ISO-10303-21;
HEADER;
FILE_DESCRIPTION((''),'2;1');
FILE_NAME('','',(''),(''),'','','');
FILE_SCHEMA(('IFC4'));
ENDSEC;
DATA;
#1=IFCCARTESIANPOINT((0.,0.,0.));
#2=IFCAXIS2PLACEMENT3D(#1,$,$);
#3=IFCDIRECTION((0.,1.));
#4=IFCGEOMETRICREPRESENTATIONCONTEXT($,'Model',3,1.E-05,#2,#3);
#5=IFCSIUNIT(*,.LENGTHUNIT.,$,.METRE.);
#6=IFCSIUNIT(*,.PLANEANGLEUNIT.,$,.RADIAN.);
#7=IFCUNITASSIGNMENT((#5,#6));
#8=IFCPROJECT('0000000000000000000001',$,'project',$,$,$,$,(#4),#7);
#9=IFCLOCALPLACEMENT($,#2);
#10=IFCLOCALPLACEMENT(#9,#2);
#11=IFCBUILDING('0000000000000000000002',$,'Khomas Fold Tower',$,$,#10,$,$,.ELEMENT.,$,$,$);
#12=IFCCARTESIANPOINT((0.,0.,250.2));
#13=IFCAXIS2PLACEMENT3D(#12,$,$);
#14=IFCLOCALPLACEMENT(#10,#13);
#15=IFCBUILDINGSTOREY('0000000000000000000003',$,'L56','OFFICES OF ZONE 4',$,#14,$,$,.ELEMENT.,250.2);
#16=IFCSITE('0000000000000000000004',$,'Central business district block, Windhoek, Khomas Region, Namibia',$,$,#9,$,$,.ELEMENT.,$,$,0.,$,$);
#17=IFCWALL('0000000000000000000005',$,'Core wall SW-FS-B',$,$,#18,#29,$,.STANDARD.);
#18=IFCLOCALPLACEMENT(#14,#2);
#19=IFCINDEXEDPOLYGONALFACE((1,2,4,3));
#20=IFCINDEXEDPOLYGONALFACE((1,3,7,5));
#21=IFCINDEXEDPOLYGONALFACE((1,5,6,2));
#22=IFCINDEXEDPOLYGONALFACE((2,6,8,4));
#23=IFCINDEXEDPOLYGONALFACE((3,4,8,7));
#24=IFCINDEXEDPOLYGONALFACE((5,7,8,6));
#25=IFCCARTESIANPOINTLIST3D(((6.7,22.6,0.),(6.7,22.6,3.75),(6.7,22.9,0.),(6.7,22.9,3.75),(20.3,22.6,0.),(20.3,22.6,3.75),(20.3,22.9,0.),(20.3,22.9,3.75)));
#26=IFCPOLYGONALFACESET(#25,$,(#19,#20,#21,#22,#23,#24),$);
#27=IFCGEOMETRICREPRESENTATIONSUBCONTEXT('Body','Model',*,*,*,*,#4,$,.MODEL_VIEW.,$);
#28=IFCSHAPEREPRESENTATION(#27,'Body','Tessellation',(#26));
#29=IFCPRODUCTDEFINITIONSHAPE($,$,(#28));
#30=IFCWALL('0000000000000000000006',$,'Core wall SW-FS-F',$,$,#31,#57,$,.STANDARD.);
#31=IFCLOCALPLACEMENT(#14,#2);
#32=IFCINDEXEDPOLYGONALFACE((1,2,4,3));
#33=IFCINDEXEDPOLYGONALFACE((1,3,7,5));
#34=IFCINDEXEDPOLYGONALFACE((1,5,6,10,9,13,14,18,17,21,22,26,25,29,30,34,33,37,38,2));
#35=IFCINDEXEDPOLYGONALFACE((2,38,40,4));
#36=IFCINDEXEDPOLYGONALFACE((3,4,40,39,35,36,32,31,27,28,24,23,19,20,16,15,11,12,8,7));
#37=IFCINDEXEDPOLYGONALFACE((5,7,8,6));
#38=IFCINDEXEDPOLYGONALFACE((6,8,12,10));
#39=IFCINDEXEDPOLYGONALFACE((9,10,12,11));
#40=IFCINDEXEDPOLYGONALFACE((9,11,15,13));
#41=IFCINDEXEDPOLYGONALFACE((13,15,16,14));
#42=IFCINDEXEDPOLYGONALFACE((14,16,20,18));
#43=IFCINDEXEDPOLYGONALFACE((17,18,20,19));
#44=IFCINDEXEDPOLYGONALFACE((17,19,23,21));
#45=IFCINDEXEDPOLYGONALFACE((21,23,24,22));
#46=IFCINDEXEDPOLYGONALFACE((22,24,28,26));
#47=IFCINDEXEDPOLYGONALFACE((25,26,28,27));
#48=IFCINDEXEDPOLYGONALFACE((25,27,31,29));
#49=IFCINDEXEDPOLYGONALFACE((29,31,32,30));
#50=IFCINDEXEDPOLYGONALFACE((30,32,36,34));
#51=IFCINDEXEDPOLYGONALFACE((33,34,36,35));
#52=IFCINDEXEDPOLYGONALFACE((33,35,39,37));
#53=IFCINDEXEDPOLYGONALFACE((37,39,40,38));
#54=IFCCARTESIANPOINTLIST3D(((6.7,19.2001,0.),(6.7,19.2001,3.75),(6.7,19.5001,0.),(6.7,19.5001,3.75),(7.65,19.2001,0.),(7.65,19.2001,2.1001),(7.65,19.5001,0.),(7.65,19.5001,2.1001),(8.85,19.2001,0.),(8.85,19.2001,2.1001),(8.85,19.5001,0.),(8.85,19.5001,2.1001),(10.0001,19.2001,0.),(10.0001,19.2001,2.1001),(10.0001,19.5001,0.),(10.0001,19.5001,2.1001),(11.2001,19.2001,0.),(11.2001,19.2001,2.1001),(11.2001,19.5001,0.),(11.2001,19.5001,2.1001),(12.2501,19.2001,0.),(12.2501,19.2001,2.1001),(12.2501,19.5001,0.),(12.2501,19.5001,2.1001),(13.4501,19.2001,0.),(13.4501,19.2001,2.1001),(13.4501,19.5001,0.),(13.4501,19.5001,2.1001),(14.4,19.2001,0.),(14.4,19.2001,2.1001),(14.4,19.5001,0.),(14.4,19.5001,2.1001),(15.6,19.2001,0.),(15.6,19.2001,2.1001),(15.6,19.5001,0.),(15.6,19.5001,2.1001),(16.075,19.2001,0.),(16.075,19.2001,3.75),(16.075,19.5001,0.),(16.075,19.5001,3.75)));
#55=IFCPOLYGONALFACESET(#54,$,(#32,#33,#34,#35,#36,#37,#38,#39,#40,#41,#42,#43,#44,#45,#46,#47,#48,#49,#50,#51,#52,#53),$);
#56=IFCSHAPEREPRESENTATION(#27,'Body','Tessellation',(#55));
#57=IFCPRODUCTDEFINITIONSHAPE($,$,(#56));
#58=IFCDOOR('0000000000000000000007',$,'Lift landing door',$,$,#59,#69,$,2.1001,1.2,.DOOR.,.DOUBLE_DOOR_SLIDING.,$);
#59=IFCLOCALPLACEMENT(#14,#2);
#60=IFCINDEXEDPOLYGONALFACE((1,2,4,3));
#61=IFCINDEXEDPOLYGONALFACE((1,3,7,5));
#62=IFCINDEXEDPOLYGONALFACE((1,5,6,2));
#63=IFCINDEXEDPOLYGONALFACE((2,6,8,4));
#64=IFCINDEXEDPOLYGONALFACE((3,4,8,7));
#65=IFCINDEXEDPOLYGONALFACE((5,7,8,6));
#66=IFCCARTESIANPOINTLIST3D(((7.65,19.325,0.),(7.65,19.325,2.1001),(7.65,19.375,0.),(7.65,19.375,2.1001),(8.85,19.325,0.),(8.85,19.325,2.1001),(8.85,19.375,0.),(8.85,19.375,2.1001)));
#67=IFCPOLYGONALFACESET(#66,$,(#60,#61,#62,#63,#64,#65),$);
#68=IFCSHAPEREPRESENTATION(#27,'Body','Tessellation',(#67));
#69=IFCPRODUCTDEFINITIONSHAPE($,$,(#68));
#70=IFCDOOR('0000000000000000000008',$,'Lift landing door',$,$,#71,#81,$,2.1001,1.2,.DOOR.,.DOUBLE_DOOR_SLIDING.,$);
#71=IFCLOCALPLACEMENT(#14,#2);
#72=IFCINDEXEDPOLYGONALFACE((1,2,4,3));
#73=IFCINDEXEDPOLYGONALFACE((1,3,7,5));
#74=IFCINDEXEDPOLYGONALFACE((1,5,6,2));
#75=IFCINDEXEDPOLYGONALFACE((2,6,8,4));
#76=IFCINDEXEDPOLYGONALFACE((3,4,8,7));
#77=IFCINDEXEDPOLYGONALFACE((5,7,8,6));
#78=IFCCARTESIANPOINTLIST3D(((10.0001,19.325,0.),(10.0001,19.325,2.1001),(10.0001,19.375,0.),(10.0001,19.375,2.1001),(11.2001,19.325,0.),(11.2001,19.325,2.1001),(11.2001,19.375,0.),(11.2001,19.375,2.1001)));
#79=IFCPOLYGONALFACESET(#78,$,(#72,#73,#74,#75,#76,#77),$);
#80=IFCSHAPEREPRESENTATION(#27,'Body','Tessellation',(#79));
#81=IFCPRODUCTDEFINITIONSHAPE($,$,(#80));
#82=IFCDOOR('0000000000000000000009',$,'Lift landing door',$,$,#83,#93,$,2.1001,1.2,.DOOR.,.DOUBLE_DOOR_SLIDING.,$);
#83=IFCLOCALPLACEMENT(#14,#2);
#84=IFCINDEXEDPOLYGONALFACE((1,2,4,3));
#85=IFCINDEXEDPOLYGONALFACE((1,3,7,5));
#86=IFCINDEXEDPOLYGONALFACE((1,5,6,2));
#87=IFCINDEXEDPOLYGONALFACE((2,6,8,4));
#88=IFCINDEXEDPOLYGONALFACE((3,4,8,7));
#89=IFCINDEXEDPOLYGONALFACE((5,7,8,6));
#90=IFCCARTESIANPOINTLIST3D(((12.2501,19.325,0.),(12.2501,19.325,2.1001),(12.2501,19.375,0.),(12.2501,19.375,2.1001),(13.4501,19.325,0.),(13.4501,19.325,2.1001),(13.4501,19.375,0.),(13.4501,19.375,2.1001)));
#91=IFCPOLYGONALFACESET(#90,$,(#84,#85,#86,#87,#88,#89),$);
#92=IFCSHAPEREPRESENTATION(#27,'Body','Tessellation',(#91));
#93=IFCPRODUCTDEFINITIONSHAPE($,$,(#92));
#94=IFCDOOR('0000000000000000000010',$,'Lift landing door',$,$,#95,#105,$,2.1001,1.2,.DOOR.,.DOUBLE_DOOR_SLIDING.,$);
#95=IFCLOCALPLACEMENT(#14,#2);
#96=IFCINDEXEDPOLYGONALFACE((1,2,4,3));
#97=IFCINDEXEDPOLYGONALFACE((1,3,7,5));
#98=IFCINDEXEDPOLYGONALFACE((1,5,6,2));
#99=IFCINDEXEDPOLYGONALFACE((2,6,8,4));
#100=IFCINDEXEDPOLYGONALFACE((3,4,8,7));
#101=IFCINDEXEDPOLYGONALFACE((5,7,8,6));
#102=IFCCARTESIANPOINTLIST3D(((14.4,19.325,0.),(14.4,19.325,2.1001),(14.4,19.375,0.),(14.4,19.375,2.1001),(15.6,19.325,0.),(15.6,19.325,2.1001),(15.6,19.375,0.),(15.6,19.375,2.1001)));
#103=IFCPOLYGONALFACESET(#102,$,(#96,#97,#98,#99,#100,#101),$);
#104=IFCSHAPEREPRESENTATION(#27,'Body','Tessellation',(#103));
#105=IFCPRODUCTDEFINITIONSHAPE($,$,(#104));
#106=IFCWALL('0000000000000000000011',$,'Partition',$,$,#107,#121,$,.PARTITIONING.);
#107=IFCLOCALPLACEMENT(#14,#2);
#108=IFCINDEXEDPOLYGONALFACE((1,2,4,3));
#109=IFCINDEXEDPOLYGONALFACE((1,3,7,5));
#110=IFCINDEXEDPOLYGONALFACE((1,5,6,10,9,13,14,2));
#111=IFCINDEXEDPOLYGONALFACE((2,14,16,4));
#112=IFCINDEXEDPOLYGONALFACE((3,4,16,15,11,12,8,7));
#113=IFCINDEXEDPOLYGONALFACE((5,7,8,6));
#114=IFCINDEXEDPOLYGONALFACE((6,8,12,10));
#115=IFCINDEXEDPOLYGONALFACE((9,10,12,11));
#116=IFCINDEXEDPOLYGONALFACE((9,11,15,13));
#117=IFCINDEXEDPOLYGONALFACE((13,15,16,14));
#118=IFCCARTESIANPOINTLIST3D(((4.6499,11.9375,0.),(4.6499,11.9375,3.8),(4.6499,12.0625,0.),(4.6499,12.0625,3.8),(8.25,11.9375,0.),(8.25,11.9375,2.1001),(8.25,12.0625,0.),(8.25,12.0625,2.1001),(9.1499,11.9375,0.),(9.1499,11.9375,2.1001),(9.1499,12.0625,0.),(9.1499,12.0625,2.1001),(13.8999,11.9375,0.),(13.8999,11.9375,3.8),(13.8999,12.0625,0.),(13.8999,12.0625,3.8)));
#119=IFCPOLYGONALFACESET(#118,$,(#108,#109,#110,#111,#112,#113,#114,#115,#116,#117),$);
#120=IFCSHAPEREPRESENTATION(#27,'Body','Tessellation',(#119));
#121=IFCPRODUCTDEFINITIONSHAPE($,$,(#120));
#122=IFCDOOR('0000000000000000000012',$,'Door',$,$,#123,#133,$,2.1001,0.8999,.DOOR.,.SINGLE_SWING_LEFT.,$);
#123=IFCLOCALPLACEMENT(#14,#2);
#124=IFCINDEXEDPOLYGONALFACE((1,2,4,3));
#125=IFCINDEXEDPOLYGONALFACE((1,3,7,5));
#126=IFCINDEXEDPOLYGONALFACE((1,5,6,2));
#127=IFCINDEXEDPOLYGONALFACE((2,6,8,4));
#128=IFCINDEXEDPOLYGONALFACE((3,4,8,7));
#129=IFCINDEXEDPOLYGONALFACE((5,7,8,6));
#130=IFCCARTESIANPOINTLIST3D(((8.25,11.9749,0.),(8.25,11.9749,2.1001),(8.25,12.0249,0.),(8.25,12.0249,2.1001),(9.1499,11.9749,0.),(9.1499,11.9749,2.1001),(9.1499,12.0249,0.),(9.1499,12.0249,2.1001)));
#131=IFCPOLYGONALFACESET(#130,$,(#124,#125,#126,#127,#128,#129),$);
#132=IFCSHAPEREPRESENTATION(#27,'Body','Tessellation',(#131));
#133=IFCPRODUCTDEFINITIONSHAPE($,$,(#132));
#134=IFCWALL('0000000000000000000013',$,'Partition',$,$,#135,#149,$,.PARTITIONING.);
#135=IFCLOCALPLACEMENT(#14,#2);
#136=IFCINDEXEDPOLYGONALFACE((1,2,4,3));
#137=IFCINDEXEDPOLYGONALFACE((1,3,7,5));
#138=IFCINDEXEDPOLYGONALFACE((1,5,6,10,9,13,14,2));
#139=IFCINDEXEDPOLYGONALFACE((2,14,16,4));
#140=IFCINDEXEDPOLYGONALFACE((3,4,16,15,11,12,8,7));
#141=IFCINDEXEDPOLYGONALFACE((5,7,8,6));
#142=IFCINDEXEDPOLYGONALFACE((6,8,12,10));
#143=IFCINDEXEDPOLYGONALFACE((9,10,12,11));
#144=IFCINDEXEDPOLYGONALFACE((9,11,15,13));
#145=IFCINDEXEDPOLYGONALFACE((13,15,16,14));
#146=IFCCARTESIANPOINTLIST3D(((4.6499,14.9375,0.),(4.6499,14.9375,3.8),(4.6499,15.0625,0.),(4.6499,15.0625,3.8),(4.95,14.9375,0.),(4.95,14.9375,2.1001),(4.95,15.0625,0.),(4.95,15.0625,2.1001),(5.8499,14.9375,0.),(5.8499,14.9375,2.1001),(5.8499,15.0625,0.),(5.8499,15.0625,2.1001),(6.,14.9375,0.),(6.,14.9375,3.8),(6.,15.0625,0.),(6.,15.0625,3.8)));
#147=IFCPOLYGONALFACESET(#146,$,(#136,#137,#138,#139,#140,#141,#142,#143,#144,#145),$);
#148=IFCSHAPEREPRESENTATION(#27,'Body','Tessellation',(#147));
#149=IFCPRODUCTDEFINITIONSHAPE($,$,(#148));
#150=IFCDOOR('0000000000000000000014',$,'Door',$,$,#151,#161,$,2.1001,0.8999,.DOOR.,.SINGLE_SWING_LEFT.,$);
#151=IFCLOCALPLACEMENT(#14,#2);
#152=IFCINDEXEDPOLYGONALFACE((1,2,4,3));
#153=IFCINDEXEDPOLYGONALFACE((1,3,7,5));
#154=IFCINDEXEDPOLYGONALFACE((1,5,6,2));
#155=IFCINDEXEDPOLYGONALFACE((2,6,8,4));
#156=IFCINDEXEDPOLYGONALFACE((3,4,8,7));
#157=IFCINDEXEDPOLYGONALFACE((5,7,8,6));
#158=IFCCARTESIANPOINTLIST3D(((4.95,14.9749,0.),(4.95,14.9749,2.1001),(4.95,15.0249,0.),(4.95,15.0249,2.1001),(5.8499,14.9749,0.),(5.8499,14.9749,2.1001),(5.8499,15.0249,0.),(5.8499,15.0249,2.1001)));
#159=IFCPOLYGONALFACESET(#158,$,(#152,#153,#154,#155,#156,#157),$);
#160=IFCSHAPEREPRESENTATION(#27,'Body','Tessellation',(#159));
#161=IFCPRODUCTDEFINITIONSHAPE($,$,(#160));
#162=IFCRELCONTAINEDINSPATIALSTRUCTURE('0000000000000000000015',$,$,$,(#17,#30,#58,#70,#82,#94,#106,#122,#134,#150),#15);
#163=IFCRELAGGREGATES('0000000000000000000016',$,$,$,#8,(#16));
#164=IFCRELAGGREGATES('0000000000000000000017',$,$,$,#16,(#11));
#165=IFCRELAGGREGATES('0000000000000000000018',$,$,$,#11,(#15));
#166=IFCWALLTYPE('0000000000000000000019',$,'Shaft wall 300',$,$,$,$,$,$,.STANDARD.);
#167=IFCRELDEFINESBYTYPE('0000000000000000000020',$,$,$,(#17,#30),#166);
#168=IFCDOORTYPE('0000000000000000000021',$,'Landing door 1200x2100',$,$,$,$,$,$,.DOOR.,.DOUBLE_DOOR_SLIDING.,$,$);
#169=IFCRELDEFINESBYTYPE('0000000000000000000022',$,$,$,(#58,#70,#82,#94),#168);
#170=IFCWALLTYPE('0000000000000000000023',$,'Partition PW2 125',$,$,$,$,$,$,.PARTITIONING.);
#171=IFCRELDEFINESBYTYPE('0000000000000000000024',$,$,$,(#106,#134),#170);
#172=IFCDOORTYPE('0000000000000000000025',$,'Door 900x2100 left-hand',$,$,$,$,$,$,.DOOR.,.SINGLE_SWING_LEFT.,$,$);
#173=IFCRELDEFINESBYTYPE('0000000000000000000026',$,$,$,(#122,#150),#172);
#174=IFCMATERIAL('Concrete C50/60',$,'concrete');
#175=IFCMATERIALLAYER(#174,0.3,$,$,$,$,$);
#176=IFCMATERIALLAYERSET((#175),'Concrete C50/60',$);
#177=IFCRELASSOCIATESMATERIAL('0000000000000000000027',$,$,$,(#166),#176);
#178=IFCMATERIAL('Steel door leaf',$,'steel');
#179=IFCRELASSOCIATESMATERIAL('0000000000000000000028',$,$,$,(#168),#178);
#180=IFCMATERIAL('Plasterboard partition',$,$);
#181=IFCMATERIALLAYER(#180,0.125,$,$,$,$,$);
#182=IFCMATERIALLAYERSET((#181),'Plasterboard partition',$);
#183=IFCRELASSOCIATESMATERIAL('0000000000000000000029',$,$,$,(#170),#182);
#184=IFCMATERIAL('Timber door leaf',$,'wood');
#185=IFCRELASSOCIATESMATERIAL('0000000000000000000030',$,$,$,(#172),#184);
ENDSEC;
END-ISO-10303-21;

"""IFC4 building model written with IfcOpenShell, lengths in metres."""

from ifc_helpers import new_model, si_unit, direction, frame, frame_2d, origin, place, context, subcontext, project, spatial, rectangle, extrude, source, transform, mapped, material, layer, layer_set, type_object, element, fill, save


model = new_model("IFC4")

# Units and contexts
model_context = context("Model", 3, precision=1e-05, world=origin(), true_north=direction((0.0, 1.0)))
body_context = subcontext(model_context, "Body", "Model", "MODEL_VIEW")
ifc_project = project(units=[si_unit("LENGTHUNIT", "METRE"), si_unit("PLANEANGLEUNIT", "RADIAN")], contexts=[model_context])

# Site, building, storey
site_placement = place(None, origin())
site = spatial("IfcSite", under=ifc_project, at=site_placement, Name="Central business district block, Windhoek, Khomas Region, Namibia", CompositionType="ELEMENT", RefElevation=0.0)
building_placement = place(site_placement, origin())
building = spatial("IfcBuilding", under=site, at=building_placement, Name="Khomas Fold Tower", CompositionType="ELEMENT")
storey_placement = place(building_placement, frame((0.0, 0.0, 250.2)))
storey = spatial("IfcBuildingStorey", under=building, at=storey_placement, Name="L56", Description="OFFICES OF ZONE 4", CompositionType="ELEMENT", Elevation=250.2)

# Wall
ifc_material_1 = material(Name="Concrete C50/60", Category="concrete")
ifc_layer_1 = layer(ifc_material_1, 0.3)
ifc_layer_set_1 = layer_set([ifc_layer_1], Name="Concrete C50/60")
wall_type_1 = type_object("IfcWallType", Name="Shaft wall 300", PredefinedType="STANDARD", material=ifc_layer_set_1)
shared_shape_1 = source(origin(), body_context, "Body", "SweptSolid", [
    extrude(rectangle(XDim=13.6001, YDim=0.3, at=frame_2d((6.8, 0.0))), origin(), (0.0, 0.0, 1.0), 3.75),
])
wall_1_placement = place(storey_placement, frame((6.7, 22.75, 0.0), z_axis=(0.0, 0.0, 1.0), x_axis=(1.0, 0.0, 0.0)))
element("IfcWall", 1, at=wall_1_placement, inside=storey, type_object=wall_type_1, Name="Core wall SW-FS-B", PredefinedType="STANDARD", context=body_context, shape_type="MappedRepresentation", body=[
    mapped(shared_shape_1, transform((0.0, 0.0, 0.0))),
])

# Wall, openings, doors
shared_shape_2 = source(origin(), body_context, "Body", "SweptSolid", [
    extrude(rectangle(XDim=9.375, YDim=0.3, at=frame_2d((4.6875, 0.0))), origin(), (0.0, 0.0, 1.0), 3.75),
])
wall_2_placement = place(storey_placement, frame((6.7, 19.3501, 0.0), z_axis=(0.0, 0.0, 1.0), x_axis=(1.0, 0.0, 0.0)))
wall_2 = element("IfcWall", 2, at=wall_2_placement, inside=storey, type_object=wall_type_1, Name="Core wall SW-FS-F", PredefinedType="STANDARD", context=body_context, shape_type="MappedRepresentation", body=[
    mapped(shared_shape_2, transform((0.0, 0.0, 0.0))),
])
shared_shape_3 = source(origin(), body_context, "Body", "SweptSolid", [
    extrude(rectangle(XDim=1.2, YDim=2.1001, at=frame_2d((0.6001, 1.05))), frame((0.0, 0.1599, 0.0), z_axis=(0.0, -1.0, 0.0), x_axis=(1.0, 0.0, 0.0)), (0.0, 0.0, 1.0), 0.3201),
])
opening_1_placement = place(wall_2_placement, frame((0.95, 0.0, 0.0)))
opening_1 = element("IfcOpeningElement", 3, at=opening_1_placement, cuts=wall_2, PredefinedType="OPENING", context=body_context, shape_type="MappedRepresentation", body=[
    mapped(shared_shape_3, transform((0.0, 0.0, 0.0))),
])
opening_2_placement = place(wall_2_placement, frame((3.3, 0.0, 0.0)))
opening_2 = element("IfcOpeningElement", 4, at=opening_2_placement, cuts=wall_2, PredefinedType="OPENING", context=body_context, shape_type="MappedRepresentation", body=[
    mapped(shared_shape_3, transform((0.0, 0.0, 0.0))),
])
opening_3_placement = place(wall_2_placement, frame((5.55, 0.0, 0.0)))
opening_3 = element("IfcOpeningElement", 5, at=opening_3_placement, cuts=wall_2, PredefinedType="OPENING", context=body_context, shape_type="MappedRepresentation", body=[
    mapped(shared_shape_3, transform((0.0, 0.0, 0.0))),
])
opening_4_placement = place(wall_2_placement, frame((7.7, 0.0, 0.0)))
opening_4 = element("IfcOpeningElement", 6, at=opening_4_placement, cuts=wall_2, PredefinedType="OPENING", context=body_context, shape_type="MappedRepresentation", body=[
    mapped(shared_shape_3, transform((0.0, 0.0, 0.0))),
])
ifc_material_2 = material(Name="Steel door leaf", Category="steel")
door_type_1 = type_object("IfcDoorType", Name="Landing door 1200x2100", OperationType="DOUBLE_DOOR_SLIDING", PredefinedType="DOOR", material=ifc_material_2)
shared_shape_4 = source(origin(), body_context, "Body", "SweptSolid", [
    extrude(rectangle(XDim=1.2, YDim=2.1001, at=frame_2d((0.6001, 1.05))), frame((0.0, 0.0249, 0.0), z_axis=(0.0, -1.0, 0.0), x_axis=(1.0, 0.0, 0.0)), (0.0, 0.0, 1.0), 0.05),
])
door_1_placement = place(opening_1_placement, origin())
door_1 = element("IfcDoor", 7, at=door_1_placement, inside=storey, type_object=door_type_1, Name="Lift landing door", OperationType="DOUBLE_DOOR_SLIDING", OverallHeight=2.1001, OverallWidth=1.2, PredefinedType="DOOR", context=body_context, shape_type="MappedRepresentation", body=[
    mapped(shared_shape_4, transform((0.0, 0.0, 0.0))),
])
fill(opening_1, door_1)
door_2_placement = place(opening_2_placement, origin())
door_2 = element("IfcDoor", 8, at=door_2_placement, inside=storey, type_object=door_type_1, Name="Lift landing door", OperationType="DOUBLE_DOOR_SLIDING", OverallHeight=2.1001, OverallWidth=1.2, PredefinedType="DOOR", context=body_context, shape_type="MappedRepresentation", body=[
    mapped(shared_shape_4, transform((0.0, 0.0, 0.0))),
])
fill(opening_2, door_2)
door_3_placement = place(opening_3_placement, origin())
door_3 = element("IfcDoor", 9, at=door_3_placement, inside=storey, type_object=door_type_1, Name="Lift landing door", OperationType="DOUBLE_DOOR_SLIDING", OverallHeight=2.1001, OverallWidth=1.2, PredefinedType="DOOR", context=body_context, shape_type="MappedRepresentation", body=[
    mapped(shared_shape_4, transform((0.0, 0.0, 0.0))),
])
fill(opening_3, door_3)
door_4_placement = place(opening_4_placement, origin())
door_4 = element("IfcDoor", 10, at=door_4_placement, inside=storey, type_object=door_type_1, Name="Lift landing door", OperationType="DOUBLE_DOOR_SLIDING", OverallHeight=2.1001, OverallWidth=1.2, PredefinedType="DOOR", context=body_context, shape_type="MappedRepresentation", body=[
    mapped(shared_shape_4, transform((0.0, 0.0, 0.0))),
])
fill(opening_4, door_4)

# Walls, openings, doors
ifc_material_3 = material(Name="Plasterboard partition")
ifc_layer_2 = layer(ifc_material_3, 0.125)
ifc_layer_set_2 = layer_set([ifc_layer_2], Name="Plasterboard partition")
wall_type_2 = type_object("IfcWallType", Name="Partition PW2 125", PredefinedType="PARTITIONING", material=ifc_layer_set_2)
shared_shape_5 = source(origin(), body_context, "Body", "SweptSolid", [
    extrude(rectangle(XDim=9.25, YDim=0.125, at=frame_2d((4.625, 0.0))), origin(), (0.0, 0.0, 1.0), 3.8),
])
wall_3_placement = place(storey_placement, frame((4.6499, 12.0, 0.0), z_axis=(0.0, 0.0, 1.0), x_axis=(1.0, 0.0, 0.0)))
wall_3 = element("IfcWall", 11, at=wall_3_placement, inside=storey, type_object=wall_type_2, Name="Partition", PredefinedType="PARTITIONING", context=body_context, shape_type="MappedRepresentation", body=[
    mapped(shared_shape_5, transform((0.0, 0.0, 0.0))),
])
shared_shape_6 = source(origin(), body_context, "Body", "SweptSolid", [
    extrude(rectangle(XDim=0.8999, YDim=2.1001, at=frame_2d((0.45, 1.05))), frame((0.0, 0.0725, 0.0), z_axis=(0.0, -1.0, 0.0), x_axis=(1.0, 0.0, 0.0)), (0.0, 0.0, 1.0), 0.145),
])
opening_5_placement = place(wall_3_placement, frame((3.6001, 0.0, 0.0)))
opening_5 = element("IfcOpeningElement", 12, at=opening_5_placement, cuts=wall_3, PredefinedType="OPENING", context=body_context, shape_type="MappedRepresentation", body=[
    mapped(shared_shape_6, transform((0.0, 0.0, 0.0))),
])
ifc_material_4 = material(Name="Timber door leaf", Category="wood")
door_type_2 = type_object("IfcDoorType", Name="Door 900x2100 left-hand", OperationType="SINGLE_SWING_LEFT", PredefinedType="DOOR", material=ifc_material_4)
shared_shape_7 = source(origin(), body_context, "Body", "SweptSolid", [
    extrude(rectangle(XDim=0.8999, YDim=2.1001, at=frame_2d((0.45, 1.05))), frame((0.0, 0.0249, 0.0), z_axis=(0.0, -1.0, 0.0), x_axis=(1.0, 0.0, 0.0)), (0.0, 0.0, 1.0), 0.05),
])
door_5_placement = place(opening_5_placement, origin())
door_5 = element("IfcDoor", 13, at=door_5_placement, inside=storey, type_object=door_type_2, Name="Door", OperationType="SINGLE_SWING_LEFT", OverallHeight=2.1001, OverallWidth=0.8999, PredefinedType="DOOR", context=body_context, shape_type="MappedRepresentation", body=[
    mapped(shared_shape_7, transform((0.0, 0.0, 0.0))),
])
fill(opening_5, door_5)
shared_shape_8 = source(origin(), body_context, "Body", "SweptSolid", [
    extrude(rectangle(XDim=1.3501, YDim=0.125, at=frame_2d((0.675, 0.0))), origin(), (0.0, 0.0, 1.0), 3.8),
])
wall_4_placement = place(storey_placement, frame((4.6499, 15.0, 0.0), z_axis=(0.0, 0.0, 1.0), x_axis=(1.0, 0.0, 0.0)))
wall_4 = element("IfcWall", 14, at=wall_4_placement, inside=storey, type_object=wall_type_2, Name="Partition", PredefinedType="PARTITIONING", context=body_context, shape_type="MappedRepresentation", body=[
    mapped(shared_shape_8, transform((0.0, 0.0, 0.0))),
])
opening_6_placement = place(wall_4_placement, frame((0.3, 0.0, 0.0)))
opening_6 = element("IfcOpeningElement", 15, at=opening_6_placement, cuts=wall_4, PredefinedType="OPENING", context=body_context, shape_type="MappedRepresentation", body=[
    mapped(shared_shape_6, transform((0.0, 0.0, 0.0))),
])
door_6_placement = place(opening_6_placement, origin())
door_6 = element("IfcDoor", 16, at=door_6_placement, inside=storey, type_object=door_type_2, Name="Door", OperationType="SINGLE_SWING_LEFT", OverallHeight=2.1001, OverallWidth=0.8999, PredefinedType="DOOR", context=body_context, shape_type="MappedRepresentation", body=[
    mapped(shared_shape_7, transform((0.0, 0.0, 0.0))),
])
fill(opening_6, door_6)

save(model, "model.ifc")
